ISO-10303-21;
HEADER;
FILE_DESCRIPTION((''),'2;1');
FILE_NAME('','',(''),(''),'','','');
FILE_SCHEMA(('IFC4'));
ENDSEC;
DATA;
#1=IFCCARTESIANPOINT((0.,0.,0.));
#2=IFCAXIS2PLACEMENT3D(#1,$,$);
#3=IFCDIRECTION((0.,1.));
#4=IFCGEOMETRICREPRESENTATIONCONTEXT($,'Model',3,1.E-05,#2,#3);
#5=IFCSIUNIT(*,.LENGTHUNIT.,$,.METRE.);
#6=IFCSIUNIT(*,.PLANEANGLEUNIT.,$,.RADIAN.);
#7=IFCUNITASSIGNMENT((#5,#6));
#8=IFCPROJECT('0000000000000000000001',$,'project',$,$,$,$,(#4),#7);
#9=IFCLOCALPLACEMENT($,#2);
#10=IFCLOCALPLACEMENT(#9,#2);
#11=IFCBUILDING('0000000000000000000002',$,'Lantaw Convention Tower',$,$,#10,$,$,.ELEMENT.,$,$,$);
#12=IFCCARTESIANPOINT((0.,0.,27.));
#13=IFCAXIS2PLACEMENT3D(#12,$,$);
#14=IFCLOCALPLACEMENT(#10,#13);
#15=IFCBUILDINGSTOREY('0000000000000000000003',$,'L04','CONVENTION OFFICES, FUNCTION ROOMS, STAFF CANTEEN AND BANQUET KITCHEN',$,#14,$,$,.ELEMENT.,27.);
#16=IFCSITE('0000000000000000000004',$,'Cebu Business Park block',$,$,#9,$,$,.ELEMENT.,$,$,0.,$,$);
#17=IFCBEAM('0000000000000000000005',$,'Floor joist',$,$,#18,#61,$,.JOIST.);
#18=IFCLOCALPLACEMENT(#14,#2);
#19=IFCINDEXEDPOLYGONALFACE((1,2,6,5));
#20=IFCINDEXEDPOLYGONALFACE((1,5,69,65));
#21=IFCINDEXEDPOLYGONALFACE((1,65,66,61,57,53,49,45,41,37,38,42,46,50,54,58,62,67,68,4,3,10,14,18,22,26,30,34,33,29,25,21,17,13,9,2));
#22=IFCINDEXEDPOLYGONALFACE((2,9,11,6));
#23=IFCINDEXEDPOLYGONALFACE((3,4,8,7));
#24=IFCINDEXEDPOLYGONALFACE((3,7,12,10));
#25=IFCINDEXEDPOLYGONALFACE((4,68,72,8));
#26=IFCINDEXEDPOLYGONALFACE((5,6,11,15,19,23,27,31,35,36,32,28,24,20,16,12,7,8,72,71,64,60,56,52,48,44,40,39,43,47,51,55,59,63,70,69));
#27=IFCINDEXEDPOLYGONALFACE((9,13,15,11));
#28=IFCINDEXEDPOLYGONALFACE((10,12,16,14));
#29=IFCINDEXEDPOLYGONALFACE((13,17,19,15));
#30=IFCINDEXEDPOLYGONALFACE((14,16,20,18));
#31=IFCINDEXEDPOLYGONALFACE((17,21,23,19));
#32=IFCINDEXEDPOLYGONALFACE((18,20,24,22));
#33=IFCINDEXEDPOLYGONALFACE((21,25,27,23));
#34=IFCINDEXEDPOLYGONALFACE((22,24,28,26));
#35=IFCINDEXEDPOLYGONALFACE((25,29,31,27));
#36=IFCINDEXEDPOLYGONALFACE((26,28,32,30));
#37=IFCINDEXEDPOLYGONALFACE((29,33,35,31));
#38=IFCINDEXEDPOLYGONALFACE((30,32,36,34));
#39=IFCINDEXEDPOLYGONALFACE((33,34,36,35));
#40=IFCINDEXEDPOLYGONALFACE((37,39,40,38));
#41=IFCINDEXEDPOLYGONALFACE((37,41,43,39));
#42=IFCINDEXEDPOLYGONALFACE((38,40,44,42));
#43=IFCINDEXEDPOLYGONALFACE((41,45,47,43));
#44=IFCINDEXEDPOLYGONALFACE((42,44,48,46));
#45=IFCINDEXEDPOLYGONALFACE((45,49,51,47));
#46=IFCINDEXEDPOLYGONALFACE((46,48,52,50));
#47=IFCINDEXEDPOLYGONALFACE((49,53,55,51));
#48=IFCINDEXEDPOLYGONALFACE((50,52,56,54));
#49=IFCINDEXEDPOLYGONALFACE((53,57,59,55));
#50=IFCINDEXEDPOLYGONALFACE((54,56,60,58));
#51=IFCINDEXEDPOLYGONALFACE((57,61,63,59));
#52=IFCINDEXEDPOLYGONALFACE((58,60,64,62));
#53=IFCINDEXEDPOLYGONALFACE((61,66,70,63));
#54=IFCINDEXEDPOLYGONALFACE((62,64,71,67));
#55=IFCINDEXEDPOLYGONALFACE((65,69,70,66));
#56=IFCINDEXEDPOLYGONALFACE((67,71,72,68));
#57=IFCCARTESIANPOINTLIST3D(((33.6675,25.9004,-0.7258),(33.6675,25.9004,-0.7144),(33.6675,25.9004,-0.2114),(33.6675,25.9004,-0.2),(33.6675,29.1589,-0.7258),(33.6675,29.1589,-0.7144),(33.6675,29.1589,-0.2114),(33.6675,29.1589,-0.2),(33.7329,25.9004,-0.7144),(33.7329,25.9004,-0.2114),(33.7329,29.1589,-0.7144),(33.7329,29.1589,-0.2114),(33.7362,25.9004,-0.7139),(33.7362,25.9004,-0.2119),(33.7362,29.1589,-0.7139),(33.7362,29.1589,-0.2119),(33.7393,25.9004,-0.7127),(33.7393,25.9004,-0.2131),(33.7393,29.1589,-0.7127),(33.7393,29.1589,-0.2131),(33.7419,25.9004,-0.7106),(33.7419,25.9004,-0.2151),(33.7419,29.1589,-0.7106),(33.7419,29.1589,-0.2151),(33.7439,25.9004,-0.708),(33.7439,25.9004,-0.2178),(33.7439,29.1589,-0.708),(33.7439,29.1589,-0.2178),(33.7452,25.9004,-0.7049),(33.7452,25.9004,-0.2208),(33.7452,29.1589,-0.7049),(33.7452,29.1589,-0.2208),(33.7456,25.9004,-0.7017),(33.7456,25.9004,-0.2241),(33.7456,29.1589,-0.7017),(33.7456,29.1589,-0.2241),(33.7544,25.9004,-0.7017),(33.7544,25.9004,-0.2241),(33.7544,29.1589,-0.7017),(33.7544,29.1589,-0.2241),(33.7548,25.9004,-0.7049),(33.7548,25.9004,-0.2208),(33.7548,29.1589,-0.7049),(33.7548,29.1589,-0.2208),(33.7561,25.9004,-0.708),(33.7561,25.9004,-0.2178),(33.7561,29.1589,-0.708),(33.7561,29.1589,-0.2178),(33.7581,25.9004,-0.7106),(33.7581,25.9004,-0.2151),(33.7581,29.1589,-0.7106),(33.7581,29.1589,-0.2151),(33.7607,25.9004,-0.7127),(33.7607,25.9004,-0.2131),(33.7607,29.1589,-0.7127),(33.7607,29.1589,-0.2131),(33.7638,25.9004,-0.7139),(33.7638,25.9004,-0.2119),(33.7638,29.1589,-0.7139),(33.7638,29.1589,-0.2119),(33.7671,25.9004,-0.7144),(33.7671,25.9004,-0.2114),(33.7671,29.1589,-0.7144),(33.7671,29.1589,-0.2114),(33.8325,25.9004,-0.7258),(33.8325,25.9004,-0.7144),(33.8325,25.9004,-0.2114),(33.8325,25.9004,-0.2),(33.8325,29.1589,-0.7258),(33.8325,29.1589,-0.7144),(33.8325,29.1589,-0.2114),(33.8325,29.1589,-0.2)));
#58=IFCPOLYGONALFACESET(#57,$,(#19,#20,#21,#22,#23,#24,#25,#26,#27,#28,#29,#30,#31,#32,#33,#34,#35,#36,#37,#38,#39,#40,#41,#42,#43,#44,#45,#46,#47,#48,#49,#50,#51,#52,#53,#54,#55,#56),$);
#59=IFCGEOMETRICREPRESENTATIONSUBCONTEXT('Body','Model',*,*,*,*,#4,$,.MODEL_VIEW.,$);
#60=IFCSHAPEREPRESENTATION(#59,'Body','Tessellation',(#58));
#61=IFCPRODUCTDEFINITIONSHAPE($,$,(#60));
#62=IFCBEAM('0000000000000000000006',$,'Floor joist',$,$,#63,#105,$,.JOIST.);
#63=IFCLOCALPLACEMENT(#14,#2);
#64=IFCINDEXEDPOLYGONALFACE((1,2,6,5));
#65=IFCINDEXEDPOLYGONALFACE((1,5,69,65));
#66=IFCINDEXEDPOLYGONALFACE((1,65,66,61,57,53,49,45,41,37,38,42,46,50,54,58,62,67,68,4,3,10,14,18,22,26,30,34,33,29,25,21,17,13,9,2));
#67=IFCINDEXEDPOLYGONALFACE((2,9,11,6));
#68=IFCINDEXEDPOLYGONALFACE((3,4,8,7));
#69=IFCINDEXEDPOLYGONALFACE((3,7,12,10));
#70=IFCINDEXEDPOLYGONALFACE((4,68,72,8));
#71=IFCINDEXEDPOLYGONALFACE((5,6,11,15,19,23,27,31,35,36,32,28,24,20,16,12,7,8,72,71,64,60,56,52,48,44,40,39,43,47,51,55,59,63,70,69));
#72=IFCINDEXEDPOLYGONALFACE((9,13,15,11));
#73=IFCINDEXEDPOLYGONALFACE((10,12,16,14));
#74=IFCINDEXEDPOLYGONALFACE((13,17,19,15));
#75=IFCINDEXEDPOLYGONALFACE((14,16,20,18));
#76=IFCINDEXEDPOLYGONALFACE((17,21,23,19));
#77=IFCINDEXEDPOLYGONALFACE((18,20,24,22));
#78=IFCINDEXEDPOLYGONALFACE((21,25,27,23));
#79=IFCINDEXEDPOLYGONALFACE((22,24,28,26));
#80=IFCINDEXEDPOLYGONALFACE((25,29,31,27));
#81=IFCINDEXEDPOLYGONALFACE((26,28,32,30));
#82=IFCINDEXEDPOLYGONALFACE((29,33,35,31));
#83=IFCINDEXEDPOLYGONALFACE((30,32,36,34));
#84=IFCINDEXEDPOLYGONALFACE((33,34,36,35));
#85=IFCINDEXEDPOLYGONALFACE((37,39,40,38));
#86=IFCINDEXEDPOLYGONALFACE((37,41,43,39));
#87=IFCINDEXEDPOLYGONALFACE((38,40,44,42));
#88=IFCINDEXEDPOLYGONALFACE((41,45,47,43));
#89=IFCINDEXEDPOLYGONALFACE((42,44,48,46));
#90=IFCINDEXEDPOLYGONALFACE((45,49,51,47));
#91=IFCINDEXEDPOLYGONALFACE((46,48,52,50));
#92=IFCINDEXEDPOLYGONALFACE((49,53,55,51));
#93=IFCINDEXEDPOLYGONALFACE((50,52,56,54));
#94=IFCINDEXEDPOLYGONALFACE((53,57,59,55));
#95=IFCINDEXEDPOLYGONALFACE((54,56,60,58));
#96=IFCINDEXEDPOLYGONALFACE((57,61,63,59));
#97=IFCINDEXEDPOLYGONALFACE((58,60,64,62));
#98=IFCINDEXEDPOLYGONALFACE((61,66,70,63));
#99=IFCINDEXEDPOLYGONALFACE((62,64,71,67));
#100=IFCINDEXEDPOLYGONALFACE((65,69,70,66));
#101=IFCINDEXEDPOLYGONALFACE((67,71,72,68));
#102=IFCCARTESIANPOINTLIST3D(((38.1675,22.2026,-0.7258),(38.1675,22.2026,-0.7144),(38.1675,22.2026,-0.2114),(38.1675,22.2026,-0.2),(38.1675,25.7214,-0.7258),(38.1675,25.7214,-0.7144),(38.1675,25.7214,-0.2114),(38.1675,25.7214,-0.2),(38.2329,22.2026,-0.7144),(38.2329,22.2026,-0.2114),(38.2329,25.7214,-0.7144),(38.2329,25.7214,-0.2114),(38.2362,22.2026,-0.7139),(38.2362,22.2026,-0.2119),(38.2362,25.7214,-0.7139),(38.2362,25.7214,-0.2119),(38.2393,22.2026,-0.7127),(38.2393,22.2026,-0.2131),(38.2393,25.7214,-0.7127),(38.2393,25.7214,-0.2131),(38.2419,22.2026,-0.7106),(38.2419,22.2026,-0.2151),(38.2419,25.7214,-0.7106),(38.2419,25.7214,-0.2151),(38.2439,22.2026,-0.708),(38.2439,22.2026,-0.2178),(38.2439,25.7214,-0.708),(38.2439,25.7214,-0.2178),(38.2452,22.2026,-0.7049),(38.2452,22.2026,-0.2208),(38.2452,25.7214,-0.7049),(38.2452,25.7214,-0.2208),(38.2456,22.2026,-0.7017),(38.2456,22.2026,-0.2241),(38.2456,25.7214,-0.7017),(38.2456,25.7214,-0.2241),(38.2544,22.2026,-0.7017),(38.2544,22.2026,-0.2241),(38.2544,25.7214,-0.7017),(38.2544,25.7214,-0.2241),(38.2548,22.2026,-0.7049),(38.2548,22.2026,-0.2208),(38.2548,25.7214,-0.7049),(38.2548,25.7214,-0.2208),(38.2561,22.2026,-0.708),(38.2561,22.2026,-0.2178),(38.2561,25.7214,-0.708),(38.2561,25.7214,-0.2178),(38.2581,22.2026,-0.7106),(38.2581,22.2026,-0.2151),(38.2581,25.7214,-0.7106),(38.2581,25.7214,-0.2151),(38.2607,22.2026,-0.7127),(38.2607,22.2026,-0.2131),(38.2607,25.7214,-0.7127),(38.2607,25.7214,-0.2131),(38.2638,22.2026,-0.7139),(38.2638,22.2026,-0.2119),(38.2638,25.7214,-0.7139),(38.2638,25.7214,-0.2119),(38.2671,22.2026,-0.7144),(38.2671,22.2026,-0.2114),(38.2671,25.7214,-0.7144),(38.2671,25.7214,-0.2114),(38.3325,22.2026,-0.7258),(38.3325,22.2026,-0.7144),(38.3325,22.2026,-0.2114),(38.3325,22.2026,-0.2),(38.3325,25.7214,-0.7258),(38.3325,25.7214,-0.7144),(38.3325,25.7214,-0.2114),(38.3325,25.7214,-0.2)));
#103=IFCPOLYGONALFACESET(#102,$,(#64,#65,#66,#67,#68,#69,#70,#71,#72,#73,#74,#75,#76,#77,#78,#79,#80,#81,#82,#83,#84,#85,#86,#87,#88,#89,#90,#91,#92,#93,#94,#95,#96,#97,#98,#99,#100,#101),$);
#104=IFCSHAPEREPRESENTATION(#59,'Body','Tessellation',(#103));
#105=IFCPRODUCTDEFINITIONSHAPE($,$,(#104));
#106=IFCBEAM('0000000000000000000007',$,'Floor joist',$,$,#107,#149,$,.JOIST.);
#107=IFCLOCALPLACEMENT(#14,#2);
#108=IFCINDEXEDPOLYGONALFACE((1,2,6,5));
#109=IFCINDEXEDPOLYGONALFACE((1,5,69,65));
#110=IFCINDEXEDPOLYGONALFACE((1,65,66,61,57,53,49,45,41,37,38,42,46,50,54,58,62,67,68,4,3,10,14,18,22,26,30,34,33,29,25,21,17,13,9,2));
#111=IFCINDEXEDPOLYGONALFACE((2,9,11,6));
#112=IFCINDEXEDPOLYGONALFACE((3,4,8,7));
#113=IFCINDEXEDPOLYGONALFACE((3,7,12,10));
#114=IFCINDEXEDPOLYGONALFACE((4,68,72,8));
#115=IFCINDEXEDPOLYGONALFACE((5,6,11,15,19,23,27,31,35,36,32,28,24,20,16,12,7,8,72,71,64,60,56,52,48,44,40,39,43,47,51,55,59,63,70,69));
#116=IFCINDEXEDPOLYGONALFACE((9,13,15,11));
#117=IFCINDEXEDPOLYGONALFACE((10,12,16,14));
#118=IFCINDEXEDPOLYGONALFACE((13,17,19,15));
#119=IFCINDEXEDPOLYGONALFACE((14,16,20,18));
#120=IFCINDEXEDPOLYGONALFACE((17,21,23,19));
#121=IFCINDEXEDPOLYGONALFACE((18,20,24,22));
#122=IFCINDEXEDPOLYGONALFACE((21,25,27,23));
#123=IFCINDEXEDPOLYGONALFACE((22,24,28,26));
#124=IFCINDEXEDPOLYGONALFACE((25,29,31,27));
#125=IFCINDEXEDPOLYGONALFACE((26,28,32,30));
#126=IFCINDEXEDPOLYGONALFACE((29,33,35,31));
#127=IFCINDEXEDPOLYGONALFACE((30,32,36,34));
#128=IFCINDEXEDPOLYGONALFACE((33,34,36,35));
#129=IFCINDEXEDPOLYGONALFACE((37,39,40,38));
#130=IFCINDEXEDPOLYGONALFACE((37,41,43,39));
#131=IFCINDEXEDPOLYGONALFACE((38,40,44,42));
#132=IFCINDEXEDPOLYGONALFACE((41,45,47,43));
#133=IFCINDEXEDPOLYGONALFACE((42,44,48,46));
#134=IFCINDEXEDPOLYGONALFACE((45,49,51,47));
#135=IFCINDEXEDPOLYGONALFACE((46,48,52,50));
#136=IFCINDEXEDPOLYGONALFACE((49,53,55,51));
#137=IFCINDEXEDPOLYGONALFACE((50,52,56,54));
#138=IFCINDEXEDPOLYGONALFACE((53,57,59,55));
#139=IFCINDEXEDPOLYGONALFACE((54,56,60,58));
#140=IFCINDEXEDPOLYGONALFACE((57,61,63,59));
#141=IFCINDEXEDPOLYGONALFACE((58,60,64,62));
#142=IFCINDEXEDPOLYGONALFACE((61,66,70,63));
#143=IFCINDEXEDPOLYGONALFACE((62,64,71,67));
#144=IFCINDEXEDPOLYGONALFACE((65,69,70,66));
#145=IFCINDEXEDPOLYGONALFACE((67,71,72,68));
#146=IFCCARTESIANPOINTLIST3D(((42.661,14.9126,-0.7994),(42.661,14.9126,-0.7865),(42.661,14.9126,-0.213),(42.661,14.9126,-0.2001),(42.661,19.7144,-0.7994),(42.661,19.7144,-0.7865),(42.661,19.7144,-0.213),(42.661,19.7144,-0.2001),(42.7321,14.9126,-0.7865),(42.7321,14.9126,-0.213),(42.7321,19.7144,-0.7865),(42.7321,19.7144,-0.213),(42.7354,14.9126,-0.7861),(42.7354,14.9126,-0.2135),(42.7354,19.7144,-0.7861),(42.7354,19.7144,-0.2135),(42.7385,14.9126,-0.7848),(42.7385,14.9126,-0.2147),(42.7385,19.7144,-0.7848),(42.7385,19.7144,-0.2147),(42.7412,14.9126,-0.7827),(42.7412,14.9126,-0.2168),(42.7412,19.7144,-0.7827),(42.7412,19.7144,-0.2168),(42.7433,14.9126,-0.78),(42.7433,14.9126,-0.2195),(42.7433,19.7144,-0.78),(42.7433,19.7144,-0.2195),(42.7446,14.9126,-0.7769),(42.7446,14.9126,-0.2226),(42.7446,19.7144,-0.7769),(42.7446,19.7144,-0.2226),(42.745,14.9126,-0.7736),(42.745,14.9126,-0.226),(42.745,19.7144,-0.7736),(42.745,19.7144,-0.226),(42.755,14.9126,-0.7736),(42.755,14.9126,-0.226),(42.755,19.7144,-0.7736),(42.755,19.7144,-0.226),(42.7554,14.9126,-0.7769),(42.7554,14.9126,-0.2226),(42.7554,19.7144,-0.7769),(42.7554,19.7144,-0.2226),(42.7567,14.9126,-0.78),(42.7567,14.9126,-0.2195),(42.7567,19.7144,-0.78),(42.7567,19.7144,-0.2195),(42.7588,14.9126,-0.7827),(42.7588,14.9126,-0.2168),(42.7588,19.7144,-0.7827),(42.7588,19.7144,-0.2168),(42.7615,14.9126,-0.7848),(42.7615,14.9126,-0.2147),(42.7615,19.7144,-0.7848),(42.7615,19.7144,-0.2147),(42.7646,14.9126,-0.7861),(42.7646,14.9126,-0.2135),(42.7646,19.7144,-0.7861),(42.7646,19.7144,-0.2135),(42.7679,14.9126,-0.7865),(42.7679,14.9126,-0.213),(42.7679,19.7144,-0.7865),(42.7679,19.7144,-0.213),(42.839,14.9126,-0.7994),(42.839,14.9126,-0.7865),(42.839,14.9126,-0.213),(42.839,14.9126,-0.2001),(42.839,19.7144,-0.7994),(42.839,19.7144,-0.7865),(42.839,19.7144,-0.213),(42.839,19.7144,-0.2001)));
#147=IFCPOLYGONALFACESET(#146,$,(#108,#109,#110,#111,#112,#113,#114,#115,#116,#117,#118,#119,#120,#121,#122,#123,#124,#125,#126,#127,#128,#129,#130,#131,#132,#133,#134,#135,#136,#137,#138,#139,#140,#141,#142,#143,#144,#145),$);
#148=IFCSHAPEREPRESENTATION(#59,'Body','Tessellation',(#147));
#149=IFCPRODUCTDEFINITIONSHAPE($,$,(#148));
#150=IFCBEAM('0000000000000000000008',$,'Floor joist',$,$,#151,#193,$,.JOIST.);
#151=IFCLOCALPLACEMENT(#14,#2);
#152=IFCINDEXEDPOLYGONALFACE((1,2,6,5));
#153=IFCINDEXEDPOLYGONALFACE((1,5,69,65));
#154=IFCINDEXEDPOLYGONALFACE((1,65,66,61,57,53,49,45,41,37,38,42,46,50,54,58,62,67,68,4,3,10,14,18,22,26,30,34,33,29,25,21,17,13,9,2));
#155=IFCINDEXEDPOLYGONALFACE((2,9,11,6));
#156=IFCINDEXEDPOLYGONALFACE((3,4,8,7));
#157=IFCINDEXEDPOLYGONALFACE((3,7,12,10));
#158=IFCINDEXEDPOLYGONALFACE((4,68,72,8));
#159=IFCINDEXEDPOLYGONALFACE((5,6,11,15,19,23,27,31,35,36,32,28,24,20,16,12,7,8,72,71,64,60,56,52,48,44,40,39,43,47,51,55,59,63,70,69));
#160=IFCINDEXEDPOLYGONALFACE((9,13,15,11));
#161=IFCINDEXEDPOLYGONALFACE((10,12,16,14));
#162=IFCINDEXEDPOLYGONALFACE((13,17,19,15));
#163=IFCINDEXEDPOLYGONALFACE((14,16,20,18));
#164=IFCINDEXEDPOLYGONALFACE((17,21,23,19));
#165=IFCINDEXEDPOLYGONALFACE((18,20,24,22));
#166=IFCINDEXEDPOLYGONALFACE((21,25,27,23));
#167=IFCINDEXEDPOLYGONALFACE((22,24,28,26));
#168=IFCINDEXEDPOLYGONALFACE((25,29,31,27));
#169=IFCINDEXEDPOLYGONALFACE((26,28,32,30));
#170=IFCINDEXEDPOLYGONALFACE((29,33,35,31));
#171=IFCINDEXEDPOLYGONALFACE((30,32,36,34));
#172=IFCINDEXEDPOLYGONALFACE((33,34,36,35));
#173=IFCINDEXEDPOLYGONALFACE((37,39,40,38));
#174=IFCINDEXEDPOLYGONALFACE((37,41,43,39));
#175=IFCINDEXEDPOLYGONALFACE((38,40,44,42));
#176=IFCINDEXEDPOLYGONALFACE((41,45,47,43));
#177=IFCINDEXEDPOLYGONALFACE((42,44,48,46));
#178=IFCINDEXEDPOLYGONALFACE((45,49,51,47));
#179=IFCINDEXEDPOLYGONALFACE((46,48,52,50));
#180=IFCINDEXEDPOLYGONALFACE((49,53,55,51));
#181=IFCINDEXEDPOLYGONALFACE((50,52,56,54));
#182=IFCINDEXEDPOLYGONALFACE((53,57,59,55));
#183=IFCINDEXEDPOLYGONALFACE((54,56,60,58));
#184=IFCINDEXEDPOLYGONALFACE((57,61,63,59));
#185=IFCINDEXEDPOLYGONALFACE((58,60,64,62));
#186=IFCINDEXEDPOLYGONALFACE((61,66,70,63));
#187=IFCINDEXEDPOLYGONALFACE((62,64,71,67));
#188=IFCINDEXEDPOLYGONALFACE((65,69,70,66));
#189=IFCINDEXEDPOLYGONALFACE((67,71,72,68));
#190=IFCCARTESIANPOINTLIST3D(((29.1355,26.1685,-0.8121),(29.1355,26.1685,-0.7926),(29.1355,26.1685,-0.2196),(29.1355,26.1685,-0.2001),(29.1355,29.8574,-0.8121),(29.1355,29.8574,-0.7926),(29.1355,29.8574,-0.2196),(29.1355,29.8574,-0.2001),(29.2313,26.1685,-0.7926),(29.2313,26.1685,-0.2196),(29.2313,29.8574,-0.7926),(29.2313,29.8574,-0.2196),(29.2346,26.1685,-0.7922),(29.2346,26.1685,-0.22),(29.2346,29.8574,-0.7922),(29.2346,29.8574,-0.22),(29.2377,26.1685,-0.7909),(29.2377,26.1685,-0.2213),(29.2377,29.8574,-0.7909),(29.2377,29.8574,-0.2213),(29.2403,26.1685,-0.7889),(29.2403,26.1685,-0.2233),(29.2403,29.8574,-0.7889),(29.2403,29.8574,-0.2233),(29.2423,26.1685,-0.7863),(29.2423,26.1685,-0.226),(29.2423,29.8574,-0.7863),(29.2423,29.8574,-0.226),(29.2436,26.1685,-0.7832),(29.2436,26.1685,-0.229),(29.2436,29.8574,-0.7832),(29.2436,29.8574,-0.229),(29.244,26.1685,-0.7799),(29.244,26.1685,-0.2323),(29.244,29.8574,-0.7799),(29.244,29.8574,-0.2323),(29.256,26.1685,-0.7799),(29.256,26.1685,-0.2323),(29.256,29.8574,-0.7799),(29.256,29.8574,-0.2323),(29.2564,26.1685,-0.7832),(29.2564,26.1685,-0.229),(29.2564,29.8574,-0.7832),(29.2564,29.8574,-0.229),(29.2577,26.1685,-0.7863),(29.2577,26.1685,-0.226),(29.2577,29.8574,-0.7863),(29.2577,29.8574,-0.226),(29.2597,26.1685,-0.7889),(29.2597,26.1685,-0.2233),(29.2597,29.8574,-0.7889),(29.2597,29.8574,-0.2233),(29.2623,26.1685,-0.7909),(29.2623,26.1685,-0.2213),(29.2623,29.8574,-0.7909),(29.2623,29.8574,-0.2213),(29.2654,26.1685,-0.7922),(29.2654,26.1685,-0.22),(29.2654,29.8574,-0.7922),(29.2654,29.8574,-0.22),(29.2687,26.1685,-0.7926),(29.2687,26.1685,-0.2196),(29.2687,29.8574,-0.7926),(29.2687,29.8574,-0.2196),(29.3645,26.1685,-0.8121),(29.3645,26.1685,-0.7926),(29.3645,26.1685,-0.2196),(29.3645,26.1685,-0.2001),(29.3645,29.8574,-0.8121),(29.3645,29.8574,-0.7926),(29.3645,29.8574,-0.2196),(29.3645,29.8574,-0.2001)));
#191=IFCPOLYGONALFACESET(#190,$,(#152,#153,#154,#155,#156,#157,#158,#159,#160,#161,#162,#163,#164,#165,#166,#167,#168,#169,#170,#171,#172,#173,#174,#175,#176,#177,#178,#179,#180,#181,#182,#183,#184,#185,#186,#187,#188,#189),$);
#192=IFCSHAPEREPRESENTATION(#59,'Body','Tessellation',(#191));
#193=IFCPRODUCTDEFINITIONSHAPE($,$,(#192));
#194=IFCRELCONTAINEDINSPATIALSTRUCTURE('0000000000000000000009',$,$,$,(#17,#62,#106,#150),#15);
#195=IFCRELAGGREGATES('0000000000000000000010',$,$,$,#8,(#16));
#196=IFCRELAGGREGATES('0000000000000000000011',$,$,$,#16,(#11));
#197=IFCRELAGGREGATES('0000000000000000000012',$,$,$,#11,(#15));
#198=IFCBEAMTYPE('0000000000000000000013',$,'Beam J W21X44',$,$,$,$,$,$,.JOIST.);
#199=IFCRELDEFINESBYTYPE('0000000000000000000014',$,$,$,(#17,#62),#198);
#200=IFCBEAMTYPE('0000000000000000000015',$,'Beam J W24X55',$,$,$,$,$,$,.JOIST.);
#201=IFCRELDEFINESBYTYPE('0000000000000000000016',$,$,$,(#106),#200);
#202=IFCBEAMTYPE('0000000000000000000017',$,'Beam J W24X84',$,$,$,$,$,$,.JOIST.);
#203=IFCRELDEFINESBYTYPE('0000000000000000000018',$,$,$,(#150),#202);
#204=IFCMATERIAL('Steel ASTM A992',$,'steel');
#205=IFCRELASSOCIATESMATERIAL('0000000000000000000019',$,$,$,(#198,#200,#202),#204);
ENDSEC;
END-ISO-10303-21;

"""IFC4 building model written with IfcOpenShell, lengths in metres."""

from ifc_helpers import new_model, si_unit, direction, frame, origin, origin_2d, place, context, subcontext, project, spatial, i_section, extrude, material, material_profile, profile_set, type_object, element, save


model = new_model("IFC4")

# Units and contexts
model_context = context("Model", 3, precision=1e-05, world=origin(), true_north=direction((0.0, 1.0)))
body_context = subcontext(model_context, "Body", "Model", "MODEL_VIEW")
ifc_project = project(units=[si_unit("LENGTHUNIT", "METRE"), si_unit("PLANEANGLEUNIT", "RADIAN")], contexts=[model_context])

# Site, building, storey
site_placement = place(None, origin())
site = spatial("IfcSite", under=ifc_project, at=site_placement, Name="Cebu Business Park block", CompositionType="ELEMENT", RefElevation=0.0)
building_placement = place(site_placement, origin())
building = spatial("IfcBuilding", under=site, at=building_placement, Name="Lantaw Convention Tower", CompositionType="ELEMENT")
storey_placement = place(building_placement, frame((0.0, 0.0, 27.0)))
storey = spatial("IfcBuildingStorey", under=building, at=storey_placement, Name="L04", Description="CONVENTION OFFICES, FUNCTION ROOMS, STAFF CANTEEN AND BANQUET KITCHEN", CompositionType="ELEMENT", Elevation=27.0)

# Beams
ifc_material_1 = material(Name="Steel ASTM A992", Category="steel")
ifc_material_profile_1 = material_profile(ifc_material_1, i_section(OverallWidth=0.165, OverallDepth=0.5259, WebThickness=0.0088, FlangeThickness=0.0115, FilletRadius=0.0127, at=origin_2d()), Name="W21X44")
ifc_profile_set_1 = profile_set([ifc_material_profile_1], Name="Steel ASTM A992")
beam_type_1 = type_object("IfcBeamType", Name="Beam J W21X44", PredefinedType="JOIST", material=ifc_profile_set_1)
beam_1_placement = place(storey_placement, frame((33.75, 25.9004, -0.4629), z_axis=(0.0, 1.0, 0.0), x_axis=(-1.0, 0.0, 0.0)))
element("IfcBeam", 1, at=beam_1_placement, inside=storey, type_object=beam_type_1, Name="Floor joist", PredefinedType="JOIST", context=body_context, shape_type="SweptSolid", body=[
    extrude(i_section(OverallWidth=0.165, OverallDepth=0.5259, WebThickness=0.0088, FlangeThickness=0.0115, FilletRadius=0.0127, at=origin_2d()), origin(), (0.0, 0.0, 1.0), 3.2585),
])
beam_2_placement = place(storey_placement, frame((38.25, 22.2026, -0.4629), z_axis=(0.0, 1.0, 0.0), x_axis=(-1.0, 0.0, 0.0)))
element("IfcBeam", 2, at=beam_2_placement, inside=storey, type_object=beam_type_1, Name="Floor joist", PredefinedType="JOIST", context=body_context, shape_type="SweptSolid", body=[
    extrude(i_section(OverallWidth=0.165, OverallDepth=0.5259, WebThickness=0.0088, FlangeThickness=0.0115, FilletRadius=0.0127, at=origin_2d()), origin(), (0.0, 0.0, 1.0), 3.5188),
])
ifc_material_profile_2 = material_profile(ifc_material_1, i_section(OverallWidth=0.178, OverallDepth=0.5994, WebThickness=0.01, FlangeThickness=0.0129, FilletRadius=0.0129, at=origin_2d()), Name="W24X55")
ifc_profile_set_2 = profile_set([ifc_material_profile_2], Name="Steel ASTM A992")
beam_type_2 = type_object("IfcBeamType", Name="Beam J W24X55", PredefinedType="JOIST", material=ifc_profile_set_2)
beam_3_placement = place(storey_placement, frame((42.75, 14.9126, -0.4998), z_axis=(0.0, 1.0, 0.0), x_axis=(-1.0, 0.0, 0.0)))
element("IfcBeam", 3, at=beam_3_placement, inside=storey, type_object=beam_type_2, Name="Floor joist", PredefinedType="JOIST", context=body_context, shape_type="SweptSolid", body=[
    extrude(i_section(OverallWidth=0.178, OverallDepth=0.5994, WebThickness=0.01, FlangeThickness=0.0129, FilletRadius=0.0129, at=origin_2d()), origin(), (0.0, 0.0, 1.0), 4.8018),
])
ifc_material_profile_3 = material_profile(ifc_material_1, i_section(OverallWidth=0.229, OverallDepth=0.6121, WebThickness=0.012, FlangeThickness=0.0195, FilletRadius=0.0127, at=origin_2d()), Name="W24X84")
ifc_profile_set_3 = profile_set([ifc_material_profile_3], Name="Steel ASTM A992")
beam_type_3 = type_object("IfcBeamType", Name="Beam J W24X84", PredefinedType="JOIST", material=ifc_profile_set_3)
beam_4_placement = place(storey_placement, frame((29.25, 26.1685, -0.5061), z_axis=(0.0, 1.0, 0.0), x_axis=(-1.0, 0.0, 0.0)))
element("IfcBeam", 4, at=beam_4_placement, inside=storey, type_object=beam_type_3, Name="Floor joist", PredefinedType="JOIST", context=body_context, shape_type="SweptSolid", body=[
    extrude(i_section(OverallWidth=0.229, OverallDepth=0.6121, WebThickness=0.012, FlangeThickness=0.0195, FilletRadius=0.0127, at=origin_2d()), origin(), (0.0, 0.0, 1.0), 3.689),
])

save(model, "model.ifc")
